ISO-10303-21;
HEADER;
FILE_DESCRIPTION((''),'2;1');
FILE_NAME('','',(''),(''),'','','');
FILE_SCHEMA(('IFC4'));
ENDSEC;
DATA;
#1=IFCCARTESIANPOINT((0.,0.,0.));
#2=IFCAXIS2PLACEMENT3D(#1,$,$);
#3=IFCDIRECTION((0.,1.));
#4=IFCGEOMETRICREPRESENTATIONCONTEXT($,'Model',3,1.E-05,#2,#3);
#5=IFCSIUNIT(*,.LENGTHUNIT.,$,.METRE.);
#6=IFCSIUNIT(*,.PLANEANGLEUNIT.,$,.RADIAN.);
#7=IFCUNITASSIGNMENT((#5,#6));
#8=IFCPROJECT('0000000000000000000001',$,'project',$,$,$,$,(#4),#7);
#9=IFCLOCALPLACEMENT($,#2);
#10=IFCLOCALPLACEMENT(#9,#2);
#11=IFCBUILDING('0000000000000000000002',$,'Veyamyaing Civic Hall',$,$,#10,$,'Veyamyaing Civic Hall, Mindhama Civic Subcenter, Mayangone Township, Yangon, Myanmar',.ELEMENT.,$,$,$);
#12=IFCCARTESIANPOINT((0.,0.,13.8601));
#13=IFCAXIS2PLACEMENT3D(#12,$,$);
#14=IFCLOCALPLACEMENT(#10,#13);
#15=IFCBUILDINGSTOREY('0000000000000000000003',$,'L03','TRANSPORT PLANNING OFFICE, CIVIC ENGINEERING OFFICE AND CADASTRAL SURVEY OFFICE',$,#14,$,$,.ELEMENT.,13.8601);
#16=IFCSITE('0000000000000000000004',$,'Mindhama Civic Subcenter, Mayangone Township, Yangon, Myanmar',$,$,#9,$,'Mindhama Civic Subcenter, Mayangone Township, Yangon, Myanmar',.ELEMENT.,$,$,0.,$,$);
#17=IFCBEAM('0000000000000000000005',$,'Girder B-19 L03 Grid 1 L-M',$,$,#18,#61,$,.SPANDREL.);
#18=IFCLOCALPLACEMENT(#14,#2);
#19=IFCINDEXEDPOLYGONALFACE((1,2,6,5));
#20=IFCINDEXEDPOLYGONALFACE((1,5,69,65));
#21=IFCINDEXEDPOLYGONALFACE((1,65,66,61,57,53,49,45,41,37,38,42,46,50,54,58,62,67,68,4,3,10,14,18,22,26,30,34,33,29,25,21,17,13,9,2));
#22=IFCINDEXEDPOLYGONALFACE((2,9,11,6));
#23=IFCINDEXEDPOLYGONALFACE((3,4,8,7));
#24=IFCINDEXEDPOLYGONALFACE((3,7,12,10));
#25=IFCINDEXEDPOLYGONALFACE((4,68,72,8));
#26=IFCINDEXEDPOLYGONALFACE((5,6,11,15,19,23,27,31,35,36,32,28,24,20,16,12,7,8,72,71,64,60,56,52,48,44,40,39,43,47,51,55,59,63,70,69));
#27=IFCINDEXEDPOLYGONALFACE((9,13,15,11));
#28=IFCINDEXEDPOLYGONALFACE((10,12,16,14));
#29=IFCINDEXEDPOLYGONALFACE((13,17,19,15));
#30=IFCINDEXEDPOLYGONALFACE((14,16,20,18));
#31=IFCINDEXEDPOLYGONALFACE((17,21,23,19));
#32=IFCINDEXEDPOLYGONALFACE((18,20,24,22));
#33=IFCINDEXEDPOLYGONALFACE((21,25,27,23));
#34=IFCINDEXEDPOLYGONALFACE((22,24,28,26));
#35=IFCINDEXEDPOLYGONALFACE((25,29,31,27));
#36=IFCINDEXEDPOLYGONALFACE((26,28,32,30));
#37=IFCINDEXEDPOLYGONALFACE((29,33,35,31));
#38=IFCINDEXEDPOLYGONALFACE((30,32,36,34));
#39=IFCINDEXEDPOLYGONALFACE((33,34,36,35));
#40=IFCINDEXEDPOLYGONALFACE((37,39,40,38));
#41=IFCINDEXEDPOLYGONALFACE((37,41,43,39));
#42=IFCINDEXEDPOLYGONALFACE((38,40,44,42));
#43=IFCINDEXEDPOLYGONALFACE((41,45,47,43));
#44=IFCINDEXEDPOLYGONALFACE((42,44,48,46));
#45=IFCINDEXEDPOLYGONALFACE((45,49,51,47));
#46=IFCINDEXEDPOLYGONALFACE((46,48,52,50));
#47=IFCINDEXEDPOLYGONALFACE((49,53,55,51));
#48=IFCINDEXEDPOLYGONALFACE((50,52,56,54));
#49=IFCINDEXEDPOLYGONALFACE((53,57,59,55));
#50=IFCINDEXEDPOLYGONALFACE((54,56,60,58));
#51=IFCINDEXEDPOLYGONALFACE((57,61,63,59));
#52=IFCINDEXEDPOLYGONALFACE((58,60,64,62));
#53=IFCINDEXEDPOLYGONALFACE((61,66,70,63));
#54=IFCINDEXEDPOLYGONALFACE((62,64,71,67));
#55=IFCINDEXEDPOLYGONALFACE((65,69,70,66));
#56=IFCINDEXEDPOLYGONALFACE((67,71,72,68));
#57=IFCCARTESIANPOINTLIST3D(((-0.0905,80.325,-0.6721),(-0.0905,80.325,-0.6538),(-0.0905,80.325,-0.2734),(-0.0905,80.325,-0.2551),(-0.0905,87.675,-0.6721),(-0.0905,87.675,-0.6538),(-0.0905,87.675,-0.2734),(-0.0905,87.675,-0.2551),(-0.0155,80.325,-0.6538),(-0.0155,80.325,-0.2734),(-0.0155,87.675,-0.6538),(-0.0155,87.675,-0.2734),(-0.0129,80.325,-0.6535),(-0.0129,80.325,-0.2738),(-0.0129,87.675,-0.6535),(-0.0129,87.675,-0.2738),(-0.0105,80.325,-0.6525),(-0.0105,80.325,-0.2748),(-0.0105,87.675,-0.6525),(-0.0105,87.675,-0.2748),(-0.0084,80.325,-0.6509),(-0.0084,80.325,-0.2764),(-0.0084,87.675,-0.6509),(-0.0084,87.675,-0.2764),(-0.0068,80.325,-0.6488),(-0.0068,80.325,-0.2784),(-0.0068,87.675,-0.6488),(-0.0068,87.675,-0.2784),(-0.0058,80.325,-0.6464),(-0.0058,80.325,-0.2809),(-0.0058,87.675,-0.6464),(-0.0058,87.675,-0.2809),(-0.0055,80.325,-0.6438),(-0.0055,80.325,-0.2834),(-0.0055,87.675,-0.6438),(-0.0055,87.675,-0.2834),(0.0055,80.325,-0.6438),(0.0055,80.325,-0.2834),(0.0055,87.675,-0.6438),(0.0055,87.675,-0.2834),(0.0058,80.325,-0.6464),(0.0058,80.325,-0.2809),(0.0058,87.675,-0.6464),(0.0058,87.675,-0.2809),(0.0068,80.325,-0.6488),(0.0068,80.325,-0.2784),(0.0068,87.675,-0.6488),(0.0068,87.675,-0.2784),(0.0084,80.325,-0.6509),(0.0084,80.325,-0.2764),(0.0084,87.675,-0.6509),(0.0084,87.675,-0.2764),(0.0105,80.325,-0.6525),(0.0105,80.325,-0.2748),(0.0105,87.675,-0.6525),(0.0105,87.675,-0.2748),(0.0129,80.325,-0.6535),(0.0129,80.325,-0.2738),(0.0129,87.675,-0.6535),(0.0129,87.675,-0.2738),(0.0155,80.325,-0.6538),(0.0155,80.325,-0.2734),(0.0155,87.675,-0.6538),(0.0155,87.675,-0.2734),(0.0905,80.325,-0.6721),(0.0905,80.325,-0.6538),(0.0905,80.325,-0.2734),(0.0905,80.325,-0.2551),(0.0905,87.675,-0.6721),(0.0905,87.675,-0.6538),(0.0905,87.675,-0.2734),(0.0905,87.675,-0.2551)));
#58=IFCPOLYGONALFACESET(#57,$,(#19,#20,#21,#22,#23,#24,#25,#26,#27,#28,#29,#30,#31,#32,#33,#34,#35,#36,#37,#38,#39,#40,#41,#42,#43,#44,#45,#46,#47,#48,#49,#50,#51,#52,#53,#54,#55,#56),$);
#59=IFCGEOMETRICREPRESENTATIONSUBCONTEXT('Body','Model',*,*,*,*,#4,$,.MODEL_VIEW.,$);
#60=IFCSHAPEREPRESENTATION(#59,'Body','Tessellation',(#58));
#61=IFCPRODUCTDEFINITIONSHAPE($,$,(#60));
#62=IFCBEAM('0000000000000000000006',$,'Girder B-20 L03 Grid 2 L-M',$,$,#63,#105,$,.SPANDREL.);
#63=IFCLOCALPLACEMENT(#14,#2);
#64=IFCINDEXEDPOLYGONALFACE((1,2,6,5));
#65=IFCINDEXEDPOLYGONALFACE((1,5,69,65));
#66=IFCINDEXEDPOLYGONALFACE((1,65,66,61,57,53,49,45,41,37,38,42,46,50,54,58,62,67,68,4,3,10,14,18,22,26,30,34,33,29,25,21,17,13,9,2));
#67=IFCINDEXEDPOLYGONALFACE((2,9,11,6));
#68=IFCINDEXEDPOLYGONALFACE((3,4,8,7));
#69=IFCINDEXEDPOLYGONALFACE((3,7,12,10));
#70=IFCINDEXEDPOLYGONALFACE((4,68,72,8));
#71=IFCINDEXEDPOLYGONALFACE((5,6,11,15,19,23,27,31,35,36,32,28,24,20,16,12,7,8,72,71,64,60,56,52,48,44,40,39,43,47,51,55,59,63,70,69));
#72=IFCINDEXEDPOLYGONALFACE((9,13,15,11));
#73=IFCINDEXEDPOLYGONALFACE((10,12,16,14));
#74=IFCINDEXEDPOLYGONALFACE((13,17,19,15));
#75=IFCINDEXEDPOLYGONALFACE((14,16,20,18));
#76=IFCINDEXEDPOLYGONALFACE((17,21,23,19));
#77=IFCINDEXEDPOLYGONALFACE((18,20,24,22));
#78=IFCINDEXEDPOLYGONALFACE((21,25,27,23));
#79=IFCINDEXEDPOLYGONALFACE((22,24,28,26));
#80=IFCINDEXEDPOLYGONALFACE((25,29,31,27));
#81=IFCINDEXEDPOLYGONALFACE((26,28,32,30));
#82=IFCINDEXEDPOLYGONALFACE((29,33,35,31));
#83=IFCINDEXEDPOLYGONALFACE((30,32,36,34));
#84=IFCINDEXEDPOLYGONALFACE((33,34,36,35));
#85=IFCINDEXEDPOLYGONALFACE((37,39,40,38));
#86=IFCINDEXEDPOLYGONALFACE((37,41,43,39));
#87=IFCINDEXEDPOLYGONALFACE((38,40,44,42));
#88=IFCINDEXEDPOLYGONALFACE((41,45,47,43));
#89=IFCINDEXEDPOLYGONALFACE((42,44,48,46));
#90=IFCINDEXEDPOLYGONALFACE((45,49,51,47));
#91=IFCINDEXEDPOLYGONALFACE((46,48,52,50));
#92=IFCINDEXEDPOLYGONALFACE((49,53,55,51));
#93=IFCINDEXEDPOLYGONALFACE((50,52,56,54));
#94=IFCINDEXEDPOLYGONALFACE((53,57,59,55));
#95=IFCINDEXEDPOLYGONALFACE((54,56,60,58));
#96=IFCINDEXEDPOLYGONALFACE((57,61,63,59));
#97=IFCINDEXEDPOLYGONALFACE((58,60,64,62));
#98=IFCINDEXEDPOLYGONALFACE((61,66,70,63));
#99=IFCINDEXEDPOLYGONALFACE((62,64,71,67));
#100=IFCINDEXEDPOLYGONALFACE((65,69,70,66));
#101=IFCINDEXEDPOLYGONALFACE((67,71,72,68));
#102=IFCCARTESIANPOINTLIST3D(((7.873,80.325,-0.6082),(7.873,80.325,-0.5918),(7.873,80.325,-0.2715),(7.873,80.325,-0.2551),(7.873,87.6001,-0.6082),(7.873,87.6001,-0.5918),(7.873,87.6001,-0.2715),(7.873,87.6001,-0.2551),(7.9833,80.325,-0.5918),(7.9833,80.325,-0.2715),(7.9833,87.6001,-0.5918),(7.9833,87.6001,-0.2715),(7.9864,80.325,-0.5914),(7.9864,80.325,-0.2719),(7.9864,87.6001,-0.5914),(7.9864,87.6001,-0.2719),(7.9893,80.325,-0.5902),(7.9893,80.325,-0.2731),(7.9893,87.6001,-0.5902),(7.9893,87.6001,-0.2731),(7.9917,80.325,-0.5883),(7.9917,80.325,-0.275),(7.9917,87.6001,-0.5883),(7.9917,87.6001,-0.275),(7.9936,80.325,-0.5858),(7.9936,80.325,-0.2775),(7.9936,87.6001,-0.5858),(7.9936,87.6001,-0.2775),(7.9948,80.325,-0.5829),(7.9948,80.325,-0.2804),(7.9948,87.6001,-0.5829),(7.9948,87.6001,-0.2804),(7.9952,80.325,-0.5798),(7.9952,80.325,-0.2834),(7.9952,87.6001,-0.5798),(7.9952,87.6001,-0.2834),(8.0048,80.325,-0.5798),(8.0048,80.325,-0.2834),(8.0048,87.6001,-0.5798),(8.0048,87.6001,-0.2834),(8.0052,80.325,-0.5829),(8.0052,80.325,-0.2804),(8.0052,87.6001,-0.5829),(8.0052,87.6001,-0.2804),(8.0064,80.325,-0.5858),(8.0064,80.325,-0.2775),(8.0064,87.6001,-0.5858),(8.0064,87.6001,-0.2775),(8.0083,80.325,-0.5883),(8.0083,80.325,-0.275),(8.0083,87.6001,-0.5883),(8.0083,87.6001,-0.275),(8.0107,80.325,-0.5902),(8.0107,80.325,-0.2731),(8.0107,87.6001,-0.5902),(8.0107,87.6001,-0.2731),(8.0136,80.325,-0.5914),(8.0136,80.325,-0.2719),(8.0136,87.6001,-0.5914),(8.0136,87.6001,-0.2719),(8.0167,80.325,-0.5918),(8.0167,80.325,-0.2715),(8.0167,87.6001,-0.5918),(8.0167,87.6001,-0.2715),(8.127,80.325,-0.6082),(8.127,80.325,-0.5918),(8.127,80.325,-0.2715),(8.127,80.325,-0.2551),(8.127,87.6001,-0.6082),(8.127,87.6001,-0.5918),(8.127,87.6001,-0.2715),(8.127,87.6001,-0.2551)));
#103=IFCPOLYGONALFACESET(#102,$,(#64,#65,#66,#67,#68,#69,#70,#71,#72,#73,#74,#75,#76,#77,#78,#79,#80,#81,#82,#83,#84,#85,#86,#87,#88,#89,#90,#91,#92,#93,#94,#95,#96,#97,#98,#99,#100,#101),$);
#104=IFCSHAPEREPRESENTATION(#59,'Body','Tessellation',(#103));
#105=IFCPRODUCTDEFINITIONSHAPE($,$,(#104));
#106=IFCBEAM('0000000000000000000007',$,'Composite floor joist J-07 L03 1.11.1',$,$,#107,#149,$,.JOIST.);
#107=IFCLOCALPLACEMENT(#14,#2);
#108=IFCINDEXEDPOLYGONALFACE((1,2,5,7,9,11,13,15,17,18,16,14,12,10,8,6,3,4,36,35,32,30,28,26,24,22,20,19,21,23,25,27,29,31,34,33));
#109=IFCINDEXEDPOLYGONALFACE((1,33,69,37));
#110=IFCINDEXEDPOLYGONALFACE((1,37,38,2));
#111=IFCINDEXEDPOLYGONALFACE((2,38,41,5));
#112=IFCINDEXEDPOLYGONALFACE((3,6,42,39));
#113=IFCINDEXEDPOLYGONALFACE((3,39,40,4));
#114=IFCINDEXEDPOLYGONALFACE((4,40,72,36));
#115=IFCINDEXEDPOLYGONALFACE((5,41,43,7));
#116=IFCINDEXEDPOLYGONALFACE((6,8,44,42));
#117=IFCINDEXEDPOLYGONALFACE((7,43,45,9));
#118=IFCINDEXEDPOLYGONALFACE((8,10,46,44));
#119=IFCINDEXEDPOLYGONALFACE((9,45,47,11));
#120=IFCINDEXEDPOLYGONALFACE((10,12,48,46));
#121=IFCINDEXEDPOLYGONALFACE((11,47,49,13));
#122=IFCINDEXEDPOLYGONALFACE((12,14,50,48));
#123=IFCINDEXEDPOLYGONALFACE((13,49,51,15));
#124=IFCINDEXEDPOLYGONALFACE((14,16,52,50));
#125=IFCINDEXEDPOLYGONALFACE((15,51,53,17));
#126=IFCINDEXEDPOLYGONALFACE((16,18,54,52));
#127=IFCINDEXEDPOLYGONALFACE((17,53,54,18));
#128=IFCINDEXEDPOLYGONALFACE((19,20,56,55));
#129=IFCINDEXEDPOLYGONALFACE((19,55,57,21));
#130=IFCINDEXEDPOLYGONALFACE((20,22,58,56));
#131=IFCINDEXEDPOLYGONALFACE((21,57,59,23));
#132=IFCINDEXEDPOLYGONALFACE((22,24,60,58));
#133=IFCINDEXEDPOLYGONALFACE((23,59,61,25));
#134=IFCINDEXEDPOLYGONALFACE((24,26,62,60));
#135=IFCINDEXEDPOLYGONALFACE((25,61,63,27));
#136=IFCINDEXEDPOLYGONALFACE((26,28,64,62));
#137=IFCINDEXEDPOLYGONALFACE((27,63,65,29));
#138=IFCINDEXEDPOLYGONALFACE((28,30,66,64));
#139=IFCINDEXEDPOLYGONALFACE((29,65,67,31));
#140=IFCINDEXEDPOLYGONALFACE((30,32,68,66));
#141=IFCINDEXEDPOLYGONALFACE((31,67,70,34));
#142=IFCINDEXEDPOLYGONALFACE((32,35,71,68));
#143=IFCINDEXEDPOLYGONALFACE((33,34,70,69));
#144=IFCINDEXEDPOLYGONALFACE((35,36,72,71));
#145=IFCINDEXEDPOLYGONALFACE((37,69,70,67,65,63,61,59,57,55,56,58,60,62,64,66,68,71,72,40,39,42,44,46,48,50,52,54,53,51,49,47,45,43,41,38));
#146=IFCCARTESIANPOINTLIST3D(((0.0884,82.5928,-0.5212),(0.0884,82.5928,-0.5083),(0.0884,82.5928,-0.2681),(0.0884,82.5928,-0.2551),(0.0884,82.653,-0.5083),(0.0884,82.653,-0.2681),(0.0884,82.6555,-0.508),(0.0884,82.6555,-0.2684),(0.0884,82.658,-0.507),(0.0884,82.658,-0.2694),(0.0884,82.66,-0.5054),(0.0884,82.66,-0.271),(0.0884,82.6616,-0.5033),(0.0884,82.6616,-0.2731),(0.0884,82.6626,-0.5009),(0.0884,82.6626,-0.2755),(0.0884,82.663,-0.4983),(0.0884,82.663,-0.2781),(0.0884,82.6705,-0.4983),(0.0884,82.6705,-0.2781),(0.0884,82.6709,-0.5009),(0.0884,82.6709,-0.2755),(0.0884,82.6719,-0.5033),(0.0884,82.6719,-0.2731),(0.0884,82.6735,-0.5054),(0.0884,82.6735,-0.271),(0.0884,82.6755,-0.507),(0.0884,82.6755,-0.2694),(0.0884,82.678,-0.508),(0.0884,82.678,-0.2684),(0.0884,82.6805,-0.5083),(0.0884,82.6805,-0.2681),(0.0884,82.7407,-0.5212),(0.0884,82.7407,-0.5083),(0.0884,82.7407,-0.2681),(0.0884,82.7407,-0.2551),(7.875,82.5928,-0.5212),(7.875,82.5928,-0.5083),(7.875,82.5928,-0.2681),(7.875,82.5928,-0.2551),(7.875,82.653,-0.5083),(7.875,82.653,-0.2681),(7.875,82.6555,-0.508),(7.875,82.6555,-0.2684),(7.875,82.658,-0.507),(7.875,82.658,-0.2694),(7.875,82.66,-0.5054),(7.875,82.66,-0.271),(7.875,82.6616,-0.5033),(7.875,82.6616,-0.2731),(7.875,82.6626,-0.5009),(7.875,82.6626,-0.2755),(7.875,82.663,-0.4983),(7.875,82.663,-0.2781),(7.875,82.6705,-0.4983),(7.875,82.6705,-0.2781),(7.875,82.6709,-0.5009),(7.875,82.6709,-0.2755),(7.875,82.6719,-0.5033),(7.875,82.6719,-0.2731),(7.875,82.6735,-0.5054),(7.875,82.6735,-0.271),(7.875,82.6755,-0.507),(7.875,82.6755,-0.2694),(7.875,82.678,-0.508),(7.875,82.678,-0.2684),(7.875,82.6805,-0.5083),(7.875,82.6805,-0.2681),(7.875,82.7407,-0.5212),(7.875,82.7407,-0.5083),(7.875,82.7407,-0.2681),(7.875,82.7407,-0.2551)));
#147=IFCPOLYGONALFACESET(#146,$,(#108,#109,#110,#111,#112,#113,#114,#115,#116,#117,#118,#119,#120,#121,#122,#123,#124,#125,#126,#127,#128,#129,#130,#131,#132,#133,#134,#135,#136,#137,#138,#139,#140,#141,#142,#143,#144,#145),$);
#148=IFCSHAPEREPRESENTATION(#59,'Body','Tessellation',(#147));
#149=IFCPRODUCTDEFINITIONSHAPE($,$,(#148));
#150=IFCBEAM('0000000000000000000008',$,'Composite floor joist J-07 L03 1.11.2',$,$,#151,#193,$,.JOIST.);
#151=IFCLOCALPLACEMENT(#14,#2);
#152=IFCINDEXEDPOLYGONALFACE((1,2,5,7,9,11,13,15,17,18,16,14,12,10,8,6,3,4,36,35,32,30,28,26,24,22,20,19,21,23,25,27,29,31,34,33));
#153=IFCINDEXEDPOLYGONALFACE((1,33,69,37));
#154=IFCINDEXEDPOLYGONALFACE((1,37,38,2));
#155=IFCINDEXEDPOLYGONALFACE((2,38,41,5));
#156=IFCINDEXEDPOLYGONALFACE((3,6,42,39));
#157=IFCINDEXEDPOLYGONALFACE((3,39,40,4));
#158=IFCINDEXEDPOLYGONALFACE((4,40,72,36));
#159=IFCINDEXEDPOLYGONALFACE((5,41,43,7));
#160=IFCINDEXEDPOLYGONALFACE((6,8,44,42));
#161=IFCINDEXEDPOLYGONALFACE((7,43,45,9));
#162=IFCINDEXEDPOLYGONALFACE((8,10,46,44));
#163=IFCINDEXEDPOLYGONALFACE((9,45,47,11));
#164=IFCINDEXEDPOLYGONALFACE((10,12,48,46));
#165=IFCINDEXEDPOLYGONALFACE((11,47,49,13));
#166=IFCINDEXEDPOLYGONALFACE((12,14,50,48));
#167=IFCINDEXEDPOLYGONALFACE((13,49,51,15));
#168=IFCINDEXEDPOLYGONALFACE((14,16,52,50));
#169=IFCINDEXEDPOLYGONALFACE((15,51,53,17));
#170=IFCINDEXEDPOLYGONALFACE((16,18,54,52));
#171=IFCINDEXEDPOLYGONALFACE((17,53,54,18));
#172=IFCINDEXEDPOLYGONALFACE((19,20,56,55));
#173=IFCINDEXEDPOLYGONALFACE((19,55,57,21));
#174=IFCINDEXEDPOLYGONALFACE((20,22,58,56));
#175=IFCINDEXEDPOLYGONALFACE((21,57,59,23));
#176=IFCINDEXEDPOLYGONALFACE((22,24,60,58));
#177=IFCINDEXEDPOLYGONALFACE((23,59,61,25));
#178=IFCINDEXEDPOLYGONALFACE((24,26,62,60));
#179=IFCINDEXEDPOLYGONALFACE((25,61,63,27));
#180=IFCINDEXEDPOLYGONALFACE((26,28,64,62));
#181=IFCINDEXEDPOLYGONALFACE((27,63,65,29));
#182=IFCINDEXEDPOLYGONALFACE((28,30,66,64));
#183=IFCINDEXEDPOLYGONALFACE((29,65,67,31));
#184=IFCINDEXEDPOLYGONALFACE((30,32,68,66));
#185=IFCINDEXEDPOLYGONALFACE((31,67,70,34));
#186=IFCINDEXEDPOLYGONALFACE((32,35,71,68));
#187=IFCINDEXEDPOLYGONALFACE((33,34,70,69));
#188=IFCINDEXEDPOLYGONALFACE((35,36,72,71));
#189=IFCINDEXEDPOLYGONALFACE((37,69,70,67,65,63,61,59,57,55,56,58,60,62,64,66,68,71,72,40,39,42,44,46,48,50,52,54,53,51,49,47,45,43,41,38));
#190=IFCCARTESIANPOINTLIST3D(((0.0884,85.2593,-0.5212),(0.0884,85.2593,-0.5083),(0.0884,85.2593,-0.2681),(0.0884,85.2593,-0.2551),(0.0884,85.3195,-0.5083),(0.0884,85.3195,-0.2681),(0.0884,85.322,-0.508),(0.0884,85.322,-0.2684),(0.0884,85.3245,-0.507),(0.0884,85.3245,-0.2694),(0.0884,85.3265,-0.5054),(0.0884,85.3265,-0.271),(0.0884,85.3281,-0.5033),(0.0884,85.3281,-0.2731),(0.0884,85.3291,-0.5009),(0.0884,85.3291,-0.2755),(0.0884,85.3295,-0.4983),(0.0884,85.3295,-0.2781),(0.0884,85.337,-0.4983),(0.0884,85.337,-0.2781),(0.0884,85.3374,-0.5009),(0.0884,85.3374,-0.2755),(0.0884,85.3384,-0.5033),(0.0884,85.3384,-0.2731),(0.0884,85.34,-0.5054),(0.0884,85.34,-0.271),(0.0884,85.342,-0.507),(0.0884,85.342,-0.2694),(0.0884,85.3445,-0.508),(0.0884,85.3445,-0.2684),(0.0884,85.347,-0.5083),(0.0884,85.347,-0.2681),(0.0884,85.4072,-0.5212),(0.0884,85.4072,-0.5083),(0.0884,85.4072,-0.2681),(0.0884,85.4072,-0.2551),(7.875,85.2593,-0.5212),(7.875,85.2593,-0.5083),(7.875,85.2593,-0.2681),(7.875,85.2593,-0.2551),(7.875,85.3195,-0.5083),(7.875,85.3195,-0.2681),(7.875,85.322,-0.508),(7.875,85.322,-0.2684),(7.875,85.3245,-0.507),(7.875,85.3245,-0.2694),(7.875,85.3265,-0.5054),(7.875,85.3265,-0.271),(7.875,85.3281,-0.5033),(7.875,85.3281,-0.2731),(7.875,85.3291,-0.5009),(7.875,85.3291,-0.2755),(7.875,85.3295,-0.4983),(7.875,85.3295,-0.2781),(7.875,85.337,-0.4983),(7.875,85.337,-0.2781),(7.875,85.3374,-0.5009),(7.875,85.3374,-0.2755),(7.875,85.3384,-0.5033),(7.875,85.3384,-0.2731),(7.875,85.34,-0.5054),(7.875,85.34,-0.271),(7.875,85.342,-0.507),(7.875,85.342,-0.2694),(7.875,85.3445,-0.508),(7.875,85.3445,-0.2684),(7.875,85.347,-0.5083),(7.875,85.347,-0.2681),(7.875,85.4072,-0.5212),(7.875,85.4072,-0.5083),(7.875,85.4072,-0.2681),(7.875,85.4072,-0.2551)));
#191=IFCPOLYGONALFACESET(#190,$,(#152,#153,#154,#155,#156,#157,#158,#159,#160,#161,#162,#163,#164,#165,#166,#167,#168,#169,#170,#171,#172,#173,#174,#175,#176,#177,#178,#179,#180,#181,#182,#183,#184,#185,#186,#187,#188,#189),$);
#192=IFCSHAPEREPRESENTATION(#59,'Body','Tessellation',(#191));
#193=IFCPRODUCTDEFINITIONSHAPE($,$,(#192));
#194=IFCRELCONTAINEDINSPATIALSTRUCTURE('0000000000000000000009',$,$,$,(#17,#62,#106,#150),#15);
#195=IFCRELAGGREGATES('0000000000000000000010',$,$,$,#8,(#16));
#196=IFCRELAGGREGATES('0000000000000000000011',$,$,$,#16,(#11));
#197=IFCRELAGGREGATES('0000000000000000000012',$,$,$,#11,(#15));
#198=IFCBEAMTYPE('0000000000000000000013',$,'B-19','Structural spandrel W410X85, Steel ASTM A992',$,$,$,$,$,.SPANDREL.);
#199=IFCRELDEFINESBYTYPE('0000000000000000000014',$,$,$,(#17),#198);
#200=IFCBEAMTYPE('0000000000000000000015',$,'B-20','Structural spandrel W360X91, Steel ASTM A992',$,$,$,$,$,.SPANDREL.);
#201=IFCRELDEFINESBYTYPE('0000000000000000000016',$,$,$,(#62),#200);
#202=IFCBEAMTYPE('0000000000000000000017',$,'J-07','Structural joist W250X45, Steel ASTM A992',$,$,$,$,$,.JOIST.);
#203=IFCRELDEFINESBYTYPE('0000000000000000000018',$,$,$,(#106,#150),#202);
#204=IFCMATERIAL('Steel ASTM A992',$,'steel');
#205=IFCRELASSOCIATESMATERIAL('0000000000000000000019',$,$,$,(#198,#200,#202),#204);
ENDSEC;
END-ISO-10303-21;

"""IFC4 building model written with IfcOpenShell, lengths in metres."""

from ifc_helpers import new_model, si_unit, direction, frame, origin, origin_2d, place, context, subcontext, project, spatial, i_section, extrude, material, material_profile, profile_set, type_object, element, save


model = new_model("IFC4")

# Units and contexts
model_context = context("Model", 3, precision=1e-05, world=origin(), true_north=direction((0.0, 1.0)))
body_context = subcontext(model_context, "Body", "Model", "MODEL_VIEW")
ifc_project = project(units=[si_unit("LENGTHUNIT", "METRE"), si_unit("PLANEANGLEUNIT", "RADIAN")], contexts=[model_context])

# Site, building, storey
site_placement = place(None, origin())
site = spatial("IfcSite", under=ifc_project, at=site_placement, Name="Mindhama Civic Subcenter, Mayangone Township, Yangon, Myanmar", LongName="Mindhama Civic Subcenter, Mayangone Township, Yangon, Myanmar", CompositionType="ELEMENT", RefElevation=0.0)
building_placement = place(site_placement, origin())
building = spatial("IfcBuilding", under=site, at=building_placement, Name="Veyamyaing Civic Hall", LongName="Veyamyaing Civic Hall, Mindhama Civic Subcenter, Mayangone Township, Yangon, Myanmar", CompositionType="ELEMENT")
storey_placement = place(building_placement, frame((0.0, 0.0, 13.8601)))
storey = spatial("IfcBuildingStorey", under=building, at=storey_placement, Name="L03", Description="TRANSPORT PLANNING OFFICE, CIVIC ENGINEERING OFFICE AND CADASTRAL SURVEY OFFICE", CompositionType="ELEMENT", Elevation=13.8601)

# Beams
ifc_material_1 = material(Name="Steel ASTM A992", Category="steel")
ifc_material_profile_1 = material_profile(ifc_material_1, i_section(OverallWidth=0.1809, OverallDepth=0.417, WebThickness=0.011, FlangeThickness=0.0183, FilletRadius=0.01, at=origin_2d()), Name="W410X85")
ifc_profile_set_1 = profile_set([ifc_material_profile_1], Name="Steel ASTM A992")
beam_type_1 = type_object("IfcBeamType", Name="B-19", Description="Structural spandrel W410X85, Steel ASTM A992", PredefinedType="SPANDREL", material=ifc_profile_set_1)
beam_1_placement = place(storey_placement, frame((0.0, 80.325, -0.4636), z_axis=(0.0, 1.0, 0.0), x_axis=(-1.0, 0.0, 0.0)))
element("IfcBeam", 1, at=beam_1_placement, inside=storey, type_object=beam_type_1, Name="Girder B-19 L03 Grid 1 L-M", PredefinedType="SPANDREL", context=body_context, shape_type="SweptSolid", body=[
    extrude(i_section(OverallWidth=0.1809, OverallDepth=0.417, WebThickness=0.011, FlangeThickness=0.0183, FilletRadius=0.01, at=origin_2d()), origin(), (0.0, 0.0, 1.0), 7.3501),
])
ifc_material_profile_2 = material_profile(ifc_material_1, i_section(OverallWidth=0.2539, OverallDepth=0.353, WebThickness=0.0095, FlangeThickness=0.0164, FilletRadius=0.012, at=origin_2d()), Name="W360X91")
ifc_profile_set_2 = profile_set([ifc_material_profile_2], Name="Steel ASTM A992")
beam_type_2 = type_object("IfcBeamType", Name="B-20", Description="Structural spandrel W360X91, Steel ASTM A992", PredefinedType="SPANDREL", material=ifc_profile_set_2)
beam_2_placement = place(storey_placement, frame((8.0, 80.325, -0.4316), z_axis=(0.0, 1.0, 0.0), x_axis=(-1.0, 0.0, 0.0)))
element("IfcBeam", 2, at=beam_2_placement, inside=storey, type_object=beam_type_2, Name="Girder B-20 L03 Grid 2 L-M", PredefinedType="SPANDREL", context=body_context, shape_type="SweptSolid", body=[
    extrude(i_section(OverallWidth=0.2539, OverallDepth=0.353, WebThickness=0.0095, FlangeThickness=0.0164, FilletRadius=0.012, at=origin_2d()), origin(), (0.0, 0.0, 1.0), 7.2751),
])
ifc_material_profile_3 = material_profile(ifc_material_1, i_section(OverallWidth=0.1479, OverallDepth=0.2661, WebThickness=0.0076, FlangeThickness=0.0129, FilletRadius=0.01, at=origin_2d()), Name="W250X45")
ifc_profile_set_3 = profile_set([ifc_material_profile_3], Name="Steel ASTM A992")
beam_type_3 = type_object("IfcBeamType", Name="J-07", Description="Structural joist W250X45, Steel ASTM A992", PredefinedType="JOIST", material=ifc_profile_set_3)
for number, where, z_axis, x_axis, name in (
    (3, (0.0884, 82.6667, -0.3882), (1.0, 0.0, 0.0), (0.0, 1.0, 0.0), "Composite floor joist J-07 L03 1.11.1"),
    (4, (0.0884, 85.3333, -0.3882), (1.0, 0.0, 0.0), (0.0, 1.0, 0.0), "Composite floor joist J-07 L03 1.11.2"),
):
    element("IfcBeam", number, at=place(storey_placement, frame(where, z_axis=z_axis, x_axis=x_axis)), inside=storey, type_object=beam_type_3, Name=name, PredefinedType="JOIST", context=body_context, shape_type="SweptSolid", body=[
        extrude(i_section(OverallWidth=0.1479, OverallDepth=0.2661, WebThickness=0.0076, FlangeThickness=0.0129, FilletRadius=0.01, at=origin_2d()), origin(), (0.0, 0.0, 1.0), 7.7866),
    ])

save(model, "model.ifc")
